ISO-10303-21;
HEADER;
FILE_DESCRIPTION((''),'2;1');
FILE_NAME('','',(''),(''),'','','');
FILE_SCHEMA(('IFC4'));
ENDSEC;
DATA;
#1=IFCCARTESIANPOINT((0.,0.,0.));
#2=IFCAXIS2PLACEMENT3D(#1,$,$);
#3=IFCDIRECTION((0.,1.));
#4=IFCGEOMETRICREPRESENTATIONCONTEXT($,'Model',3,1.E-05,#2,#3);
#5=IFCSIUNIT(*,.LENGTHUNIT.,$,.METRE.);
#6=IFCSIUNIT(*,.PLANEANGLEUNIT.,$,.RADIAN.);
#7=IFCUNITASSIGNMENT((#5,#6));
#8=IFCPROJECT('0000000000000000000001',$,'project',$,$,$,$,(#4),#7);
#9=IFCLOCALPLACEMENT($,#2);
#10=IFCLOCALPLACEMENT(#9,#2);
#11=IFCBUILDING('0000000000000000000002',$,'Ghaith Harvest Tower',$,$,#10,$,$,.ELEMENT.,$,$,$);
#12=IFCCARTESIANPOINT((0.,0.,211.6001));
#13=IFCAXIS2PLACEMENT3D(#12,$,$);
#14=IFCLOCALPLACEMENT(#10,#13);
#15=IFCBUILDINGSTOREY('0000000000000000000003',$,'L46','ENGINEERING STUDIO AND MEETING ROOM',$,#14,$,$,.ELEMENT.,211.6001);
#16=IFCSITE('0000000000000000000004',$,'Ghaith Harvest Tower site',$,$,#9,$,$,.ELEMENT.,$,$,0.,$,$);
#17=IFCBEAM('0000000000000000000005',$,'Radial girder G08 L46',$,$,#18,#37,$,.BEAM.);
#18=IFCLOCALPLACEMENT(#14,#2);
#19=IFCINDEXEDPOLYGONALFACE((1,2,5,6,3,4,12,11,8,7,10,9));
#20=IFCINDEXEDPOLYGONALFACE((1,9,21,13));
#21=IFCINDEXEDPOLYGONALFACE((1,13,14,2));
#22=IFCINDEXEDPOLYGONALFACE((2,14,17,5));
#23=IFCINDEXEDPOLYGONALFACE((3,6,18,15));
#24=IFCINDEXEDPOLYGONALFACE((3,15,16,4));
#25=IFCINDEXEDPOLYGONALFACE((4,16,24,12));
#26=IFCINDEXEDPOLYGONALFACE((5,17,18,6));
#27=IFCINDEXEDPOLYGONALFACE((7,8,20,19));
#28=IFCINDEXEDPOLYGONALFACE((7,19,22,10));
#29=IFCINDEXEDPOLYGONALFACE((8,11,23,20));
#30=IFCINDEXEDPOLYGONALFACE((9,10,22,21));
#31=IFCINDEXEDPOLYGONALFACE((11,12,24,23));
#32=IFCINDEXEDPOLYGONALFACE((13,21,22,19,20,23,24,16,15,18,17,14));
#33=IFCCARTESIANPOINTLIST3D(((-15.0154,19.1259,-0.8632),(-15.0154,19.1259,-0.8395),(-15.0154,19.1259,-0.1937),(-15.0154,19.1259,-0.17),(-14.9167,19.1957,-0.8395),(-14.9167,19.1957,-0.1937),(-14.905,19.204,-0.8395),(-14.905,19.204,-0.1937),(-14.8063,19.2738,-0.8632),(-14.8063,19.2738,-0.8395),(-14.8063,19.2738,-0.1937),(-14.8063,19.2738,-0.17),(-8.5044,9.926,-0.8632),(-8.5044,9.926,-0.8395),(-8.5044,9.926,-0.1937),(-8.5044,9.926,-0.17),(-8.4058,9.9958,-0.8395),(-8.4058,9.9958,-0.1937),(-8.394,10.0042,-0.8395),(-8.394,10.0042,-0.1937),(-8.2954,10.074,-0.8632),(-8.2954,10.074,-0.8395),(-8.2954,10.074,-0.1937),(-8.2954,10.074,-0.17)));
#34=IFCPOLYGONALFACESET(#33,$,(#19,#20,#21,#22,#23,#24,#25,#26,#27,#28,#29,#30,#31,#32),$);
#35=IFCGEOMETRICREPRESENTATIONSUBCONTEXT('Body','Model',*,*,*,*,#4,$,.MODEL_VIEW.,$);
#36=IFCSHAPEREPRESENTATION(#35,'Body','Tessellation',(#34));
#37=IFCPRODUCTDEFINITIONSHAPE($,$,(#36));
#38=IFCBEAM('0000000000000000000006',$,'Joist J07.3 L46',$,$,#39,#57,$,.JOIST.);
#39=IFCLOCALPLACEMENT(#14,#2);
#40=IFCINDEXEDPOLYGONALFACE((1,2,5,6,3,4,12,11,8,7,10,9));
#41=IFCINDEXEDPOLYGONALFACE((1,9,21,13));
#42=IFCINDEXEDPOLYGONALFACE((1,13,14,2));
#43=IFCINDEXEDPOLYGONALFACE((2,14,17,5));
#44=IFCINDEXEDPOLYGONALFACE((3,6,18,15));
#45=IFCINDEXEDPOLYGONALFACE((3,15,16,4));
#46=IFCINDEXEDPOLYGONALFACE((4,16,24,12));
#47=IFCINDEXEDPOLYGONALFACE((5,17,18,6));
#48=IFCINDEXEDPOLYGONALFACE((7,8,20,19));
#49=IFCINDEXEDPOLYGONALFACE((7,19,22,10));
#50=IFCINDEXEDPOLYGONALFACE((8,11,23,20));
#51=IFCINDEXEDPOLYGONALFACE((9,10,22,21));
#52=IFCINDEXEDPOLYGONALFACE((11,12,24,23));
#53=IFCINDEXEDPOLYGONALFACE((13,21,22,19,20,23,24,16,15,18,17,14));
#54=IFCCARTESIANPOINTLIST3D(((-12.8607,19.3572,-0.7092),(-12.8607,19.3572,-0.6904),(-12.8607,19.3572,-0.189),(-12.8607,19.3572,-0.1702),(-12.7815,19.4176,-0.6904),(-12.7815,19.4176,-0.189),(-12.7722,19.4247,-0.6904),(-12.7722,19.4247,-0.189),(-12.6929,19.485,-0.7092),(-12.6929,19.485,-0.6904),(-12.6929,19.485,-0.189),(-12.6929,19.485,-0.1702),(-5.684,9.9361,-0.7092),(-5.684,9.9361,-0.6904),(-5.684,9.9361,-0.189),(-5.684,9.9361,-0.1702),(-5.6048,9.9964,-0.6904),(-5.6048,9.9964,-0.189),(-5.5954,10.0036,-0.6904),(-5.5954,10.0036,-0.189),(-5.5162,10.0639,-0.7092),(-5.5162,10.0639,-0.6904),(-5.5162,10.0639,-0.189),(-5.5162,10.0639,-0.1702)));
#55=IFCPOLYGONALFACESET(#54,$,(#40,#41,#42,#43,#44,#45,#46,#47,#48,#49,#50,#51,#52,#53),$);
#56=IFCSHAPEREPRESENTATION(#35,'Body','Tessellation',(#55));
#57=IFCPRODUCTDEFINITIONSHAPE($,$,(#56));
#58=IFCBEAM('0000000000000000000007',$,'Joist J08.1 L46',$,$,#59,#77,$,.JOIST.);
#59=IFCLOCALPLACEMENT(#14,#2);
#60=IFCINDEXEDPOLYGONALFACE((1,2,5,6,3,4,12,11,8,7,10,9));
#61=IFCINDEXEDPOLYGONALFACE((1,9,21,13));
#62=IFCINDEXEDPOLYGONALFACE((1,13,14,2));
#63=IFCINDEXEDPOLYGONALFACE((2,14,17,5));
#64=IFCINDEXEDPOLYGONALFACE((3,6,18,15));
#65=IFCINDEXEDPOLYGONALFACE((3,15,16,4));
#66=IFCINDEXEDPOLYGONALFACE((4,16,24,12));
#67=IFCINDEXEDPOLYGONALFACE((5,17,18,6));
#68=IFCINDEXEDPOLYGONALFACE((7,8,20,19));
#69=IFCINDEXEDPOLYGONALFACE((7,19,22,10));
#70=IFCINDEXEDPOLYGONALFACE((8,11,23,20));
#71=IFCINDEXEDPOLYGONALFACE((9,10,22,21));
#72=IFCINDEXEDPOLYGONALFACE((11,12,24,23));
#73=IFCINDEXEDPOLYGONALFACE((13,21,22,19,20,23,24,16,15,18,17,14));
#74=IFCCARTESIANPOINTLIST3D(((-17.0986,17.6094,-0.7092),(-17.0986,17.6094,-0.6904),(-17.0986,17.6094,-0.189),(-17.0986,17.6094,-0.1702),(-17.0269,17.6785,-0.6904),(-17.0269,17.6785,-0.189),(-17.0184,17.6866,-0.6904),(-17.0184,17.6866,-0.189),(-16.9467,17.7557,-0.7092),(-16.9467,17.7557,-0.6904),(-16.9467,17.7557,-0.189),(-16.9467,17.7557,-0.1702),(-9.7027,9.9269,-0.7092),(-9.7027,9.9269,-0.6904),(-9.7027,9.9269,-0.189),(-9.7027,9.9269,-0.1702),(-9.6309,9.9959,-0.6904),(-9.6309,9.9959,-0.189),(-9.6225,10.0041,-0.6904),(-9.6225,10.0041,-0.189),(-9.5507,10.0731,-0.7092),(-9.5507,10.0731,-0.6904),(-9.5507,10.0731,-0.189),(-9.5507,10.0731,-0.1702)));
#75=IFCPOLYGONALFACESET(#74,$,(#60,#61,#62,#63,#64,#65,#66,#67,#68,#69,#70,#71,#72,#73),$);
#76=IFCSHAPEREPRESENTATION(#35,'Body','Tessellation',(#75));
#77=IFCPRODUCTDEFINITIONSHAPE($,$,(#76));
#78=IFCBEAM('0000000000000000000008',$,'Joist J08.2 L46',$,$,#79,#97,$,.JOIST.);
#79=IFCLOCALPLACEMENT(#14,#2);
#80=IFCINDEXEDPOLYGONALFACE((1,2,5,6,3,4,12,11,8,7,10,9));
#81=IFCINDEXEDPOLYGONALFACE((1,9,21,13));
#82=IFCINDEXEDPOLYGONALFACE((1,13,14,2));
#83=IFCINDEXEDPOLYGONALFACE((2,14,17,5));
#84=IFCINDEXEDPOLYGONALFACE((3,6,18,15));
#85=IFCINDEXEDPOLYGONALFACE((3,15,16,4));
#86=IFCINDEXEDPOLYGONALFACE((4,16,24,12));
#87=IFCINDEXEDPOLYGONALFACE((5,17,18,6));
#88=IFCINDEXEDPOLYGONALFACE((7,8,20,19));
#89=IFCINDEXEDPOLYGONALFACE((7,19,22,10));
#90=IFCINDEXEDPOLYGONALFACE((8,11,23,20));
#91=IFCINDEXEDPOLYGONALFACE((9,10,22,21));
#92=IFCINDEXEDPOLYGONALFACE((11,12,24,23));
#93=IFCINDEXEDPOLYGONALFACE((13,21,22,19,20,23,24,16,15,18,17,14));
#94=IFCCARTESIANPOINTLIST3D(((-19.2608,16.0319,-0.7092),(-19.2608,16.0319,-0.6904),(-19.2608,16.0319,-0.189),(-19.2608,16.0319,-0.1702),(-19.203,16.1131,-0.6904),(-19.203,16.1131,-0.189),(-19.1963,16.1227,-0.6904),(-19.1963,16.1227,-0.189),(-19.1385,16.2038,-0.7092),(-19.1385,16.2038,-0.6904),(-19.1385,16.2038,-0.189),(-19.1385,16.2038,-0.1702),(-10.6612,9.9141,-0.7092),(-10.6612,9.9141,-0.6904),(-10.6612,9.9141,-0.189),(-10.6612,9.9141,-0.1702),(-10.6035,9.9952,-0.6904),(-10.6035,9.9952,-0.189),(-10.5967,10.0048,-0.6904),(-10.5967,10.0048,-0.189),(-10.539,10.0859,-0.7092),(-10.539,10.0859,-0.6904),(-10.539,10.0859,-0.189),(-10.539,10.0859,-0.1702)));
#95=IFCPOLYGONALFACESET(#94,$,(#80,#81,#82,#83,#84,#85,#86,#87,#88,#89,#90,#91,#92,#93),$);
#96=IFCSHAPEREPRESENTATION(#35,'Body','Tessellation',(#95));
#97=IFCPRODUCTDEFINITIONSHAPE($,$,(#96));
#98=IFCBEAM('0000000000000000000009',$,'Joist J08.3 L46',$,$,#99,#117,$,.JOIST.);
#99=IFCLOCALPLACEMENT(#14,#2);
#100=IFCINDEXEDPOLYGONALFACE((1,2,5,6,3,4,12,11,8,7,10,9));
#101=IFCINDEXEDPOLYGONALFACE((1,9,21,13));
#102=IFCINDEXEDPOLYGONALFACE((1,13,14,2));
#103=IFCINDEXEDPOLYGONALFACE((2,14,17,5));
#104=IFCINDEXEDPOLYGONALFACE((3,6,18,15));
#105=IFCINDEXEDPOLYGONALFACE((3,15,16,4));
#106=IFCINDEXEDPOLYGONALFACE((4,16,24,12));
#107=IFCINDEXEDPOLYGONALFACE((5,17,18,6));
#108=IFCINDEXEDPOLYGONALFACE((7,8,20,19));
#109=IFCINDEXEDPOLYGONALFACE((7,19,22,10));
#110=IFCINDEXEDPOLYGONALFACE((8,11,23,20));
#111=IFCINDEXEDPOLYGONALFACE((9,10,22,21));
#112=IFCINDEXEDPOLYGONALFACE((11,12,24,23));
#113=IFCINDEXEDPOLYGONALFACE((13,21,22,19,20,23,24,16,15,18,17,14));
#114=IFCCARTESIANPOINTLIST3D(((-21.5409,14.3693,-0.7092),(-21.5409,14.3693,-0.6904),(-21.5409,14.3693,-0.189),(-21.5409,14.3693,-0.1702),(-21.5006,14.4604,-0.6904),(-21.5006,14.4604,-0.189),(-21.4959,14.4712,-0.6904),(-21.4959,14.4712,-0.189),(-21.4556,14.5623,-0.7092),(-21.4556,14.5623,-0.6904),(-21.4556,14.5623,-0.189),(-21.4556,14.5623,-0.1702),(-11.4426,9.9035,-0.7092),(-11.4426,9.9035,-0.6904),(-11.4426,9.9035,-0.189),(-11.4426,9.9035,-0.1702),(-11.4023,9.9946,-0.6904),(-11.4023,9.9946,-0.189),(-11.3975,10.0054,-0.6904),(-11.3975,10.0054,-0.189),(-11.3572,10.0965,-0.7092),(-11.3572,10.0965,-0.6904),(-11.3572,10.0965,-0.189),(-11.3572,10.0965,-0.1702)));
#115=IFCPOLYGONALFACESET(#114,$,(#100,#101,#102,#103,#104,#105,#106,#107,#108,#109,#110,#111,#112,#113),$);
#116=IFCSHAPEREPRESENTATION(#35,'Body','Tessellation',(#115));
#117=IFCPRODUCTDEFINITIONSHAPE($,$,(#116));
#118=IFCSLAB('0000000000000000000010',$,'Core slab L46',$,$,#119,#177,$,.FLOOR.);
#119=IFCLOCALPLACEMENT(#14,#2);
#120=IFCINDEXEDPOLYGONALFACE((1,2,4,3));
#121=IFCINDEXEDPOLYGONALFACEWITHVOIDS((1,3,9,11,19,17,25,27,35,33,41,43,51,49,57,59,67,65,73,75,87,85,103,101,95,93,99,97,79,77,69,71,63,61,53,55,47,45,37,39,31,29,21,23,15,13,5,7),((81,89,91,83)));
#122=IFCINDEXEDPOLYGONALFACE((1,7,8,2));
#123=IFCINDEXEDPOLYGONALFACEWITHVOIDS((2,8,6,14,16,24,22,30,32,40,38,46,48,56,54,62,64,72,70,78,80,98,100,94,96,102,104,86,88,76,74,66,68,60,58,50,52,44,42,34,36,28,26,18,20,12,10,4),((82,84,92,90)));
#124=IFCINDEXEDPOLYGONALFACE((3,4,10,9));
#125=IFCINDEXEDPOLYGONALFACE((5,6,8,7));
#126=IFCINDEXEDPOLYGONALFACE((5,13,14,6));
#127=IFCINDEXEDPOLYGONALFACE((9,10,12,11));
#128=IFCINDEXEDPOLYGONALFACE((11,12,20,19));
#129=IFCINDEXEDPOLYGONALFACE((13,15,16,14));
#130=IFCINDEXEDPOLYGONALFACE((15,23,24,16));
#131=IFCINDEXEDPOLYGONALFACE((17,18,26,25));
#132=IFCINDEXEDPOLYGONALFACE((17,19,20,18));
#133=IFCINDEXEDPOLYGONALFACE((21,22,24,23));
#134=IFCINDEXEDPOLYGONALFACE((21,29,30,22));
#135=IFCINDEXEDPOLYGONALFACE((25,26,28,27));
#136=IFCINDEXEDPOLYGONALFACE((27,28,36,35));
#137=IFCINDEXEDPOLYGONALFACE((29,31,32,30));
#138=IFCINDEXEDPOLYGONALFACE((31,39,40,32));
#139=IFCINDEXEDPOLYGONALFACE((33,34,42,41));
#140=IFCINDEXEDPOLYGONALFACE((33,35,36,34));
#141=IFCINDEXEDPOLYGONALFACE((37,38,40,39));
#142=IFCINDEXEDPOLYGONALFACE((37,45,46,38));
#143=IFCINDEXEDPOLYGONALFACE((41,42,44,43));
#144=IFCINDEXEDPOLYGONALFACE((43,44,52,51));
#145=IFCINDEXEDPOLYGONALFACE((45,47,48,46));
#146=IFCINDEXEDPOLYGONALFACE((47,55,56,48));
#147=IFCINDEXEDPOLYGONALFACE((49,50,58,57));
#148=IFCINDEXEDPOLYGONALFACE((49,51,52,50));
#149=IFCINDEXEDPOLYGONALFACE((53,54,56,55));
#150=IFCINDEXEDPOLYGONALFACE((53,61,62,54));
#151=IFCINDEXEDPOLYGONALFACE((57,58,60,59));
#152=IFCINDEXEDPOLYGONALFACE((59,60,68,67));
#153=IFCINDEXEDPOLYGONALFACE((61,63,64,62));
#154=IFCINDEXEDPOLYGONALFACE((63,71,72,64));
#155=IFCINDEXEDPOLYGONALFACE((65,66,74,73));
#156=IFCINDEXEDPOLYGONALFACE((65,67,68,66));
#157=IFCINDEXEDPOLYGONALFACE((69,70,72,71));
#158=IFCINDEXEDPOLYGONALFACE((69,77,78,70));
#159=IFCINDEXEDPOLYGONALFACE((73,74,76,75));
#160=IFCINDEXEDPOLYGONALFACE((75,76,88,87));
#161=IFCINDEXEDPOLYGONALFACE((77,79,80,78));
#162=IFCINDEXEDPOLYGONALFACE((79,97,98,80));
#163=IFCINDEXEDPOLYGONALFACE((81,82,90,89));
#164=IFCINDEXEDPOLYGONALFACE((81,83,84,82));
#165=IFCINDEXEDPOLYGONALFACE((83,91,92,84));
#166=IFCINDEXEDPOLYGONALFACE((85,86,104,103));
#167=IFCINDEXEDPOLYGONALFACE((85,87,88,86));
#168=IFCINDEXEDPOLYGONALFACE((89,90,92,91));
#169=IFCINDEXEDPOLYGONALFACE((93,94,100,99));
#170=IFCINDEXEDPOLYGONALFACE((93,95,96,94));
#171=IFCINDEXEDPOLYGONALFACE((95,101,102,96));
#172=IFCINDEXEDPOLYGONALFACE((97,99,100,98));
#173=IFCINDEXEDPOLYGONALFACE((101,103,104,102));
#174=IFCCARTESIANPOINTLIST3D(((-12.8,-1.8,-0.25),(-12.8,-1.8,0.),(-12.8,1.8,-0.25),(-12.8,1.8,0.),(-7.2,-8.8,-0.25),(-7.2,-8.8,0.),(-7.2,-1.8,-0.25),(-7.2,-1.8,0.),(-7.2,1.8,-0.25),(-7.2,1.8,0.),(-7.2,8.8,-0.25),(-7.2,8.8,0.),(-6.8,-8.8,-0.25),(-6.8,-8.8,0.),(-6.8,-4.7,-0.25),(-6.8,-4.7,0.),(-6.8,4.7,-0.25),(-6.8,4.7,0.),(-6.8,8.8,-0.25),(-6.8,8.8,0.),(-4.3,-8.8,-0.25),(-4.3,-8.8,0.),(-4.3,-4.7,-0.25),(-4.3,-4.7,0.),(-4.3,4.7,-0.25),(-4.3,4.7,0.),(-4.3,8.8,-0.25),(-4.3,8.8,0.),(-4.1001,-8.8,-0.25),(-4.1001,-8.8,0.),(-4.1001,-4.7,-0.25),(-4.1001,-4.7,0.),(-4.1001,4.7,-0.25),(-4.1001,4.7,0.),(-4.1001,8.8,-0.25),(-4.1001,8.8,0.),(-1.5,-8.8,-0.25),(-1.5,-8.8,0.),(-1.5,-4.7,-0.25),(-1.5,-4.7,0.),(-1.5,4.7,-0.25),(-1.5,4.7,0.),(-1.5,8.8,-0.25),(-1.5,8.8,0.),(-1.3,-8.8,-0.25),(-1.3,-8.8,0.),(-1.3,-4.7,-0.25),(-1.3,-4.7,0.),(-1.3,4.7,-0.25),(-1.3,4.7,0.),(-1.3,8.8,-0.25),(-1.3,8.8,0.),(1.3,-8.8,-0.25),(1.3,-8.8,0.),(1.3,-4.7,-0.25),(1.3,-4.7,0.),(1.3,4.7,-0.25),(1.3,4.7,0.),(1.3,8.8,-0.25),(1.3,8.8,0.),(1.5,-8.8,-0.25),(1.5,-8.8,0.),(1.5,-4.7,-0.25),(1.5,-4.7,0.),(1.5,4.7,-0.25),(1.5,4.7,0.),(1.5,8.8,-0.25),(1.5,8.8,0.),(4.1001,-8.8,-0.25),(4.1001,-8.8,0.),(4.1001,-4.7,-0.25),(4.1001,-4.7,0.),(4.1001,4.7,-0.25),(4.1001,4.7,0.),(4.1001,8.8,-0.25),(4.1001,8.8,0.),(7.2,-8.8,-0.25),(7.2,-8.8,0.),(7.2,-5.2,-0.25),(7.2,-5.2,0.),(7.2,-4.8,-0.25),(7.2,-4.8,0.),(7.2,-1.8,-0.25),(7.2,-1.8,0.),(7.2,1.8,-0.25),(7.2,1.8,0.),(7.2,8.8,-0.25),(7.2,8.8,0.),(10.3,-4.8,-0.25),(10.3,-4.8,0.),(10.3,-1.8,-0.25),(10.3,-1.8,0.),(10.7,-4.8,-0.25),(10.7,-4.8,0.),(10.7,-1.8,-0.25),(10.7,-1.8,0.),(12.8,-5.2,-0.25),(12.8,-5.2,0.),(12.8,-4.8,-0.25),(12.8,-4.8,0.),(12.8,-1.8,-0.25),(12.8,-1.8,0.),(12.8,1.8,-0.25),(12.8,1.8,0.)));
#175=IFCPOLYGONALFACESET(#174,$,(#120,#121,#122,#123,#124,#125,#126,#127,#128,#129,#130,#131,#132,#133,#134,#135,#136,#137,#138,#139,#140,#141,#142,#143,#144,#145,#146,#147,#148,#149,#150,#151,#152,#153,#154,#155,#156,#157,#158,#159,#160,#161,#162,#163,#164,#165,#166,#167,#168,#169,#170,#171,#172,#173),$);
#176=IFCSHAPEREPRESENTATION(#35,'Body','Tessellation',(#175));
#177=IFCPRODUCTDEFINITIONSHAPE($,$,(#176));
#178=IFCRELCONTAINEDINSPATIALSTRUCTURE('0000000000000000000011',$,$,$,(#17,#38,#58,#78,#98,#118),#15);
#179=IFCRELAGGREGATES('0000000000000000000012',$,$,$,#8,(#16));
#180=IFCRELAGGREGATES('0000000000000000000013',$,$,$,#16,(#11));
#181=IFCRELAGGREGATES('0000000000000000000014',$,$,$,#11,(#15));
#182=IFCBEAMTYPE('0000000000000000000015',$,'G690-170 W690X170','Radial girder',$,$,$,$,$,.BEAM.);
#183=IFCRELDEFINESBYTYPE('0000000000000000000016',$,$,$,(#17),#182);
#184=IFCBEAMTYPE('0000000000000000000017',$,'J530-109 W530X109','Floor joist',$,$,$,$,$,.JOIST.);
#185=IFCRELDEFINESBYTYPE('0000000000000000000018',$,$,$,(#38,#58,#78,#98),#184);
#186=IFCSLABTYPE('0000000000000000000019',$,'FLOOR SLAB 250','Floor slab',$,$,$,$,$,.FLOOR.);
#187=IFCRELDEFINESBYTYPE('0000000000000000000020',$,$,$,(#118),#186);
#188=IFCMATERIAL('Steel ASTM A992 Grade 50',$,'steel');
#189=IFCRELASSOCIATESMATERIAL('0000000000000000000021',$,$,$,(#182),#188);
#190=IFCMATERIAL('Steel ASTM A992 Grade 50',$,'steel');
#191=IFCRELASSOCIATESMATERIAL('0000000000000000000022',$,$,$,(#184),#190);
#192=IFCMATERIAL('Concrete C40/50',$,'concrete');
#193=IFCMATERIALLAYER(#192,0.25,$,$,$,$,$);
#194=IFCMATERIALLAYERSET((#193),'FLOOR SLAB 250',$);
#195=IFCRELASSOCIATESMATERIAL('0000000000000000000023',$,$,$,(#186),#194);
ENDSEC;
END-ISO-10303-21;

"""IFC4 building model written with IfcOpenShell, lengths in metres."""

from ifc_helpers import new_model, si_unit, direction, frame, origin, origin_2d, place, context, subcontext, project, spatial, polyline, i_section, outline, extrude, material, layer, layer_set, material_profile, profile_set, type_object, element, save


model = new_model("IFC4")

# Units and contexts
model_context = context("Model", 3, precision=1e-05, world=origin(), true_north=direction((0.0, 1.0)))
body_context = subcontext(model_context, "Body", "Model", "MODEL_VIEW")
ifc_project = project(units=[si_unit("LENGTHUNIT", "METRE"), si_unit("PLANEANGLEUNIT", "RADIAN")], contexts=[model_context])

# Site, building, storey
site_placement = place(None, origin())
site = spatial("IfcSite", under=ifc_project, at=site_placement, Name="Ghaith Harvest Tower site", CompositionType="ELEMENT", RefElevation=0.0)
building_placement = place(site_placement, origin())
building = spatial("IfcBuilding", under=site, at=building_placement, Name="Ghaith Harvest Tower", CompositionType="ELEMENT")
storey_placement = place(building_placement, frame((0.0, 0.0, 211.6001)))
storey = spatial("IfcBuildingStorey", under=building, at=storey_placement, Name="L46", Description="ENGINEERING STUDIO AND MEETING ROOM", CompositionType="ELEMENT", Elevation=211.6001)

# Beams
ifc_material_1 = material(Name="Steel ASTM A992 Grade 50", Category="steel")
ifc_material_profile_1 = material_profile(ifc_material_1, i_section(OverallWidth=0.2561, OverallDepth=0.6931, WebThickness=0.0144, FlangeThickness=0.0237, at=origin_2d()), Name="W690X170")
ifc_profile_set_1 = profile_set([ifc_material_profile_1], Name="Steel ASTM A992 Grade 50")
beam_type_1 = type_object("IfcBeamType", Name="G690-170 W690X170", Description="Radial girder", PredefinedType="BEAM", material=ifc_profile_set_1)
beam_1_placement = place(storey_placement, frame((-8.3999, 10.0, -0.5166), z_axis=(-0.577684, 0.816261, 0.0), x_axis=(-0.816261, -0.577684, 0.0)))
element("IfcBeam", 1, at=beam_1_placement, inside=storey, type_object=beam_type_1, Name="Radial girder G08 L46", PredefinedType="BEAM", context=body_context, shape_type="SweptSolid", body=[
    extrude(i_section(OverallWidth=0.2561, OverallDepth=0.6931, WebThickness=0.0144, FlangeThickness=0.0237, at=origin_2d()), origin(), (0.0, 0.0, 1.0), 11.2708),
])
ifc_material_2 = material(Name="Steel ASTM A992 Grade 50", Category="steel")
ifc_material_profile_2 = material_profile(ifc_material_2, i_section(OverallWidth=0.2109, OverallDepth=0.5391, WebThickness=0.0117, FlangeThickness=0.0188, at=origin_2d()), Name="W530X109")
ifc_profile_set_2 = profile_set([ifc_material_profile_2], Name="Steel ASTM A992 Grade 50")
beam_type_2 = type_object("IfcBeamType", Name="J530-109 W530X109", Description="Floor joist", PredefinedType="JOIST", material=ifc_profile_set_2)
beam_2_placement = place(storey_placement, frame((-5.6001, 10.0, -0.4397), z_axis=(-0.605976, 0.795483, 0.0), x_axis=(-0.795483, -0.605976, 0.0)))
element("IfcBeam", 2, at=beam_2_placement, inside=storey, type_object=beam_type_2, Name="Joist J07.3 L46", PredefinedType="JOIST", context=body_context, shape_type="SweptSolid", body=[
    extrude(i_section(OverallWidth=0.2109, OverallDepth=0.5391, WebThickness=0.0117, FlangeThickness=0.0188, at=origin_2d()), origin(), (0.0, 0.0, 1.0), 11.8433),
])
beam_3_placement = place(storey_placement, frame((-9.6267, 10.0, -0.4397), z_axis=(-0.69354, 0.720418, 0.0), x_axis=(-0.720418, -0.69354, 0.0)))
element("IfcBeam", 3, at=beam_3_placement, inside=storey, type_object=beam_type_2, Name="Joist J08.1 L46", PredefinedType="JOIST", context=body_context, shape_type="SweptSolid", body=[
    extrude(i_section(OverallWidth=0.2109, OverallDepth=0.5391, WebThickness=0.0117, FlangeThickness=0.0188, at=origin_2d()), origin(), (0.0, 0.0, 1.0), 10.6641),
])
beam_4_placement = place(storey_placement, frame((-10.6001, 10.0, -0.4397), z_axis=(-0.814837, 0.57969, 0.0), x_axis=(-0.57969, -0.814837, 0.0)))
element("IfcBeam", 4, at=beam_4_placement, inside=storey, type_object=beam_type_2, Name="Joist J08.2 L46", PredefinedType="JOIST", context=body_context, shape_type="SweptSolid", body=[
    extrude(i_section(OverallWidth=0.2109, OverallDepth=0.5391, WebThickness=0.0117, FlangeThickness=0.0188, at=origin_2d()), origin(), (0.0, 0.0, 1.0), 10.5537),
])
beam_5_placement = place(storey_placement, frame((-11.3999, 10.0, -0.4397), z_axis=(-0.914561, 0.404447, 0.0), x_axis=(-0.404447, -0.914561, 0.0)))
element("IfcBeam", 5, at=beam_5_placement, inside=storey, type_object=beam_type_2, Name="Joist J08.3 L46", PredefinedType="JOIST", context=body_context, shape_type="SweptSolid", body=[
    extrude(i_section(OverallWidth=0.2109, OverallDepth=0.5391, WebThickness=0.0117, FlangeThickness=0.0188, at=origin_2d()), origin(), (0.0, 0.0, 1.0), 11.0417),
])

# Slab
ifc_material_3 = material(Name="Concrete C40/50", Category="concrete")
ifc_layer_1 = layer(ifc_material_3, 0.25)
ifc_layer_set_1 = layer_set([ifc_layer_1], Name="FLOOR SLAB 250")
slab_type_1 = type_object("IfcSlabType", Name="FLOOR SLAB 250", Description="Floor slab", PredefinedType="FLOOR", material=ifc_layer_set_1)
slab_1_placement = place(storey_placement, frame((0.0, 0.0, -0.25)))
element("IfcSlab", 6, at=slab_1_placement, inside=storey, type_object=slab_type_1, Name="Core slab L46", PredefinedType="FLOOR", context=body_context, shape_type="SweptSolid", body=[
    extrude(outline(polyline([(-12.8, 1.8), (-7.2, 1.8), (-7.2, 8.8), (-6.8, 8.8), (-6.8, 4.7), (-4.3, 4.7), (-4.3, 8.8), (-4.1001, 8.8), (-4.1001, 4.7), (-1.5, 4.7), (-1.5, 8.8), (-1.3, 8.8), (-1.3, 4.7), (1.3, 4.7), (1.3, 8.8), (1.5, 8.8), (1.5, 4.7), (4.1001, 4.7), (4.1001, 8.8), (7.2, 8.8), (7.2, 1.8), (12.8, 1.8), (12.8, -1.8), (10.7, -1.8), (10.7, -4.8), (12.8, -4.8), (12.8, -5.2), (7.2, -5.2), (7.2, -8.8), (4.1001, -8.8), (4.1001, -4.7), (1.5, -4.7), (1.5, -8.8), (1.3, -8.8), (1.3, -4.7), (-1.3, -4.7), (-1.3, -8.8), (-1.5, -8.8), (-1.5, -4.7), (-4.1001, -4.7), (-4.1001, -8.8), (-4.3, -8.8), (-4.3, -4.7), (-6.8, -4.7), (-6.8, -8.8), (-7.2, -8.8), (-7.2, -1.8), (-12.8, -1.8), (-12.8, 1.8)]), holes=[polyline([(10.3, -4.8), (10.3, -1.8), (7.2, -1.8), (7.2, -4.8), (10.3, -4.8)])]), origin(), (0.0, 0.0, 1.0), 0.25),
])

save(model, "model.ifc")
